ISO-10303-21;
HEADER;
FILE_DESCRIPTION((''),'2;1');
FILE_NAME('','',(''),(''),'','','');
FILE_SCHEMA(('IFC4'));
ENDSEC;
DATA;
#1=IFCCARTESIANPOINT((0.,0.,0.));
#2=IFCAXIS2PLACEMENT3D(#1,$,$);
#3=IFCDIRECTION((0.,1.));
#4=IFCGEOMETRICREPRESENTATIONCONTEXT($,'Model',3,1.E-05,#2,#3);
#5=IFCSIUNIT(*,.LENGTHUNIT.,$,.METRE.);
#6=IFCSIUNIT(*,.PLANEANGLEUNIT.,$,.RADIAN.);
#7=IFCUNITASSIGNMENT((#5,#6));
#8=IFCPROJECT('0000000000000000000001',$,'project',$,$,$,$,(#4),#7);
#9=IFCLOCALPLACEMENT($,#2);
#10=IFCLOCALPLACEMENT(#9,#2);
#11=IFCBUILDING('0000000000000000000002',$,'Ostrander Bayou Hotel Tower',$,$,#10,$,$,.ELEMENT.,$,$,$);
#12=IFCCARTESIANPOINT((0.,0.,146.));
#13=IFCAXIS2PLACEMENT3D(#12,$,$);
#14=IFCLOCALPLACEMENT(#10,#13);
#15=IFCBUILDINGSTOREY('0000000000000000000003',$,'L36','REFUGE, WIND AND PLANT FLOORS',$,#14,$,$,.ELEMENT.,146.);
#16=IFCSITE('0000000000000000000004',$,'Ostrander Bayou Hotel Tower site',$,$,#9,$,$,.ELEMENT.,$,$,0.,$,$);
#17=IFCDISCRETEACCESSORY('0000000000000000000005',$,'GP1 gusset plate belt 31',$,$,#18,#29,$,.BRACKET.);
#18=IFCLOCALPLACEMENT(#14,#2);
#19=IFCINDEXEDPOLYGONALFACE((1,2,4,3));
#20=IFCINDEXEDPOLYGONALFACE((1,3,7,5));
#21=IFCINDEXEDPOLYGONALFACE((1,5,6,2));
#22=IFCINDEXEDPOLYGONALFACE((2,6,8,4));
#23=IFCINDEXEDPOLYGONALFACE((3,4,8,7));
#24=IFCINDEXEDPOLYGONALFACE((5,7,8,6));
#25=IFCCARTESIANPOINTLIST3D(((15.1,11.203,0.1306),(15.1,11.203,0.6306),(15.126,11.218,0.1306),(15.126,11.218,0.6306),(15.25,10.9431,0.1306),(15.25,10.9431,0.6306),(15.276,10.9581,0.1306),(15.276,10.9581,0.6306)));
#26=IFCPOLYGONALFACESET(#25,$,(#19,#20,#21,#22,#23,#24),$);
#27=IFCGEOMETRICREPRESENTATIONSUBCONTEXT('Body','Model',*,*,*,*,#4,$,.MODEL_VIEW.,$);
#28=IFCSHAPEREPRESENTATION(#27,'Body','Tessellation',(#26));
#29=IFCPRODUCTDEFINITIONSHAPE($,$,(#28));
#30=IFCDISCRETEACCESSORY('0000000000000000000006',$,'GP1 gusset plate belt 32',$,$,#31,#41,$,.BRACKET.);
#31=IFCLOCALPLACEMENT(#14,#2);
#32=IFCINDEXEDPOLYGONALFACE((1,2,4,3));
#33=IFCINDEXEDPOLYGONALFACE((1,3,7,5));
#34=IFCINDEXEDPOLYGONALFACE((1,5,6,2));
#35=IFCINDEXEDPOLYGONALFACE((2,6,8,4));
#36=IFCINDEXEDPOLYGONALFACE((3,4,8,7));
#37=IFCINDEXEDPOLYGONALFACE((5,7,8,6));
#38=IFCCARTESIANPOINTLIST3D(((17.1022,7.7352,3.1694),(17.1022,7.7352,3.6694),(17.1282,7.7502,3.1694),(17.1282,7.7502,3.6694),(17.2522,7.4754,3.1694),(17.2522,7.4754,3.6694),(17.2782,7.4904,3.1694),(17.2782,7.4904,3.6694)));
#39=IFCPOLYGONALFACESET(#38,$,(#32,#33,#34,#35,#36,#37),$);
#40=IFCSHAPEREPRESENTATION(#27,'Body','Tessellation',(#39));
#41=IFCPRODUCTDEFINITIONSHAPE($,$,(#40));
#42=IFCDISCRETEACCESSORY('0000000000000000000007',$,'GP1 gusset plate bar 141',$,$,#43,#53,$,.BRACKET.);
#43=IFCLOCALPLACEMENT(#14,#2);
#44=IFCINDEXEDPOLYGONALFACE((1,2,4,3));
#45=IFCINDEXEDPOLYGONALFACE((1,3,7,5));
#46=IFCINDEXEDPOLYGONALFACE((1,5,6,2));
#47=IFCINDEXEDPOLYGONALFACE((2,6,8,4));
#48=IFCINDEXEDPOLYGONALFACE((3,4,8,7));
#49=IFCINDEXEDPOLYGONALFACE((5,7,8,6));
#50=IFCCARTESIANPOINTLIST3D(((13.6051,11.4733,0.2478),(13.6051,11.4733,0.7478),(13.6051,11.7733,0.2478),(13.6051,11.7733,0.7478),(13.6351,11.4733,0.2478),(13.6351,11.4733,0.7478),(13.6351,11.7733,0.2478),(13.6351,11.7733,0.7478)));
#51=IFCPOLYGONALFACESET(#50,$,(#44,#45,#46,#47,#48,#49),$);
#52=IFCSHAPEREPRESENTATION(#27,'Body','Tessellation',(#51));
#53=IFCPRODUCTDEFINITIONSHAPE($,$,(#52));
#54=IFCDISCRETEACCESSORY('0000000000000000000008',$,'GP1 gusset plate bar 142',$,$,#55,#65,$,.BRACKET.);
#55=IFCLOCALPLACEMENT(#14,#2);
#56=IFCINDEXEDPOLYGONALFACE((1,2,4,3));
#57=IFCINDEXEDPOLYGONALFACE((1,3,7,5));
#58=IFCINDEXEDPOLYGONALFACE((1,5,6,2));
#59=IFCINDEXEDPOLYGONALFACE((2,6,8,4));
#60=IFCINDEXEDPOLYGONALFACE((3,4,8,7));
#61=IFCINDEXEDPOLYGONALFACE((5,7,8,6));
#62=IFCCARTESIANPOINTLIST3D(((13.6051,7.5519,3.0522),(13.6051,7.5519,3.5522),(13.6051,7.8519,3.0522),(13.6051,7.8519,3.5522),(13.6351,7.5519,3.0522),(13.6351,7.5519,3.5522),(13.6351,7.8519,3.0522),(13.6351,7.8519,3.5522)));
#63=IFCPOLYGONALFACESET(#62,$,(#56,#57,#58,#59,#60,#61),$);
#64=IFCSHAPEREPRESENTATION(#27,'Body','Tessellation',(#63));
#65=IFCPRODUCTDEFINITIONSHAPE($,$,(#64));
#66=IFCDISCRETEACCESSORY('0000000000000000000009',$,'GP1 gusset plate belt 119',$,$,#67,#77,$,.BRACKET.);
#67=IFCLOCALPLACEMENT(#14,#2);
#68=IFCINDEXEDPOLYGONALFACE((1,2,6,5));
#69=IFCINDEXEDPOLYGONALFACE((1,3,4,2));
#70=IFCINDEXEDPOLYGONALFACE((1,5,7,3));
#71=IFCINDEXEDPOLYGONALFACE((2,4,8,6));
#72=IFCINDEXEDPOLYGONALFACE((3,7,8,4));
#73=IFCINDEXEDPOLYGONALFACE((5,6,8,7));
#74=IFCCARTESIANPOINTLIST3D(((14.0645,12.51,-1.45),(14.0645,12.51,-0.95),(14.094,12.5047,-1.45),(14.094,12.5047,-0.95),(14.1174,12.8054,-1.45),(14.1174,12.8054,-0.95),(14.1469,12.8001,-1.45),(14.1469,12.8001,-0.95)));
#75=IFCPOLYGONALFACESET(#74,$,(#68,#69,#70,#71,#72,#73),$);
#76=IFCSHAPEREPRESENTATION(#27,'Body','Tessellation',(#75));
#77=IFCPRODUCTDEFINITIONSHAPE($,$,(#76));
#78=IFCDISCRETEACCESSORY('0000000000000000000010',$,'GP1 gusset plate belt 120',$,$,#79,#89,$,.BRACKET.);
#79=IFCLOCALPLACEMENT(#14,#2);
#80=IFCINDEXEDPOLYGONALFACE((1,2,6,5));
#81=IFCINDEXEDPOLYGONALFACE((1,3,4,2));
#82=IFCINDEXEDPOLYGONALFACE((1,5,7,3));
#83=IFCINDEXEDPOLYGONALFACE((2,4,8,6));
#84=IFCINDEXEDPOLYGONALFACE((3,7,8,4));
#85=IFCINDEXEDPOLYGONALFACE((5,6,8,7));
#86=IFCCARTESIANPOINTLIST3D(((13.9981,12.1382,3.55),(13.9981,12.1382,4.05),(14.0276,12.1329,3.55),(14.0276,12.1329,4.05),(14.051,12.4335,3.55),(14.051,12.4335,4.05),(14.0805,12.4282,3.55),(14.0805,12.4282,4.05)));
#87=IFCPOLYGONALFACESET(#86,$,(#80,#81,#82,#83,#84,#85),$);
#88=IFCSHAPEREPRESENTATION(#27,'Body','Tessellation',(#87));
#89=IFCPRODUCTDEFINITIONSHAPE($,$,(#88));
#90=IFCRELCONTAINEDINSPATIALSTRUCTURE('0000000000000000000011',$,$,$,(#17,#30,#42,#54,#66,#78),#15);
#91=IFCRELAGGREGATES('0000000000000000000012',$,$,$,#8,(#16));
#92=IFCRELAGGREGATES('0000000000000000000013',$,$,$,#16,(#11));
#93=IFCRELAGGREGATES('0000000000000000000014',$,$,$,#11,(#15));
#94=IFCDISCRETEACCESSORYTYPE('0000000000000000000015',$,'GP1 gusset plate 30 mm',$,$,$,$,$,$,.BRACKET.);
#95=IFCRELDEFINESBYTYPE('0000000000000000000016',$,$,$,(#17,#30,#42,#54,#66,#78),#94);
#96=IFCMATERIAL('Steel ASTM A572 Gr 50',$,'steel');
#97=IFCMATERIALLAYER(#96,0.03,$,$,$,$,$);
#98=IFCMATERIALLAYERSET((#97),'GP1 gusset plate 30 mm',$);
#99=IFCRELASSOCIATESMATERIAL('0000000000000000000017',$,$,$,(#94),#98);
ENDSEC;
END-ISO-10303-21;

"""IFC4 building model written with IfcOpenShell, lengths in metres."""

from ifc_helpers import new_model, si_unit, direction, frame, origin, origin_2d, place, context, subcontext, project, spatial, rectangle, extrude, material, layer, layer_set, type_object, element, save


model = new_model("IFC4")

# Units and contexts
model_context = context("Model", 3, precision=1e-05, world=origin(), true_north=direction((0.0, 1.0)))
body_context = subcontext(model_context, "Body", "Model", "MODEL_VIEW")
ifc_project = project(units=[si_unit("LENGTHUNIT", "METRE"), si_unit("PLANEANGLEUNIT", "RADIAN")], contexts=[model_context])

# Site, building, storey
site_placement = place(None, origin())
site = spatial("IfcSite", under=ifc_project, at=site_placement, Name="Ostrander Bayou Hotel Tower site", CompositionType="ELEMENT", RefElevation=0.0)
building_placement = place(site_placement, origin())
building = spatial("IfcBuilding", under=site, at=building_placement, Name="Ostrander Bayou Hotel Tower", CompositionType="ELEMENT")
storey_placement = place(building_placement, frame((0.0, 0.0, 146.0)))
storey = spatial("IfcBuildingStorey", under=building, at=storey_placement, Name="L36", Description="REFUGE, WIND AND PLANT FLOORS", CompositionType="ELEMENT", Elevation=146.0)

# Discrete accessories
ifc_material_1 = material(Name="Steel ASTM A572 Gr 50", Category="steel")
ifc_layer_1 = layer(ifc_material_1, 0.03)
ifc_layer_set_1 = layer_set([ifc_layer_1], Name="GP1 gusset plate 30 mm")
discrete_accessory_type = type_object("IfcDiscreteAccessoryType", Name="GP1 gusset plate 30 mm", PredefinedType="BRACKET", material=ifc_layer_set_1)
for number, where, z_axis, x_axis, name in (
    (1, (15.188, 11.0806, 0.1306), (0.0, 0.0, 1.0), (0.499985, -0.866034, 0.0), "GP1 gusset plate belt 31"),
    (2, (17.1902, 7.6128, 3.1694), (0.0, 0.0, 1.0), (0.499985, -0.866034, 0.0), "GP1 gusset plate belt 32"),
    (3, (13.6201, 11.6233, 0.2478), (0.0, 0.0, 1.0), (0.0, -1.0, 0.0), "GP1 gusset plate bar 141"),
    (4, (13.6201, 7.7019, 3.0522), (0.0, 0.0, 1.0), (0.0, -1.0, 0.0), "GP1 gusset plate bar 142"),
    (5, (14.1057, 12.655, -1.45), (0.0, 0.0, 1.0), (-0.176329, -0.984331, 0.0), "GP1 gusset plate belt 119"),
    (6, (14.0393, 12.2832, 3.55), (0.0, 0.0, 1.0), (-0.176329, -0.984331, 0.0), "GP1 gusset plate belt 120"),
):
    element("IfcDiscreteAccessory", number, at=place(storey_placement, frame(where, z_axis=z_axis, x_axis=x_axis)), inside=storey, type_object=discrete_accessory_type, Name=name, PredefinedType="BRACKET", context=body_context, shape_type="SweptSolid", body=[
        extrude(rectangle(XDim=0.3, YDim=0.03, at=origin_2d()), origin(), (0.0, 0.0, 1.0), 0.5),
    ])

save(model, "model.ifc")
